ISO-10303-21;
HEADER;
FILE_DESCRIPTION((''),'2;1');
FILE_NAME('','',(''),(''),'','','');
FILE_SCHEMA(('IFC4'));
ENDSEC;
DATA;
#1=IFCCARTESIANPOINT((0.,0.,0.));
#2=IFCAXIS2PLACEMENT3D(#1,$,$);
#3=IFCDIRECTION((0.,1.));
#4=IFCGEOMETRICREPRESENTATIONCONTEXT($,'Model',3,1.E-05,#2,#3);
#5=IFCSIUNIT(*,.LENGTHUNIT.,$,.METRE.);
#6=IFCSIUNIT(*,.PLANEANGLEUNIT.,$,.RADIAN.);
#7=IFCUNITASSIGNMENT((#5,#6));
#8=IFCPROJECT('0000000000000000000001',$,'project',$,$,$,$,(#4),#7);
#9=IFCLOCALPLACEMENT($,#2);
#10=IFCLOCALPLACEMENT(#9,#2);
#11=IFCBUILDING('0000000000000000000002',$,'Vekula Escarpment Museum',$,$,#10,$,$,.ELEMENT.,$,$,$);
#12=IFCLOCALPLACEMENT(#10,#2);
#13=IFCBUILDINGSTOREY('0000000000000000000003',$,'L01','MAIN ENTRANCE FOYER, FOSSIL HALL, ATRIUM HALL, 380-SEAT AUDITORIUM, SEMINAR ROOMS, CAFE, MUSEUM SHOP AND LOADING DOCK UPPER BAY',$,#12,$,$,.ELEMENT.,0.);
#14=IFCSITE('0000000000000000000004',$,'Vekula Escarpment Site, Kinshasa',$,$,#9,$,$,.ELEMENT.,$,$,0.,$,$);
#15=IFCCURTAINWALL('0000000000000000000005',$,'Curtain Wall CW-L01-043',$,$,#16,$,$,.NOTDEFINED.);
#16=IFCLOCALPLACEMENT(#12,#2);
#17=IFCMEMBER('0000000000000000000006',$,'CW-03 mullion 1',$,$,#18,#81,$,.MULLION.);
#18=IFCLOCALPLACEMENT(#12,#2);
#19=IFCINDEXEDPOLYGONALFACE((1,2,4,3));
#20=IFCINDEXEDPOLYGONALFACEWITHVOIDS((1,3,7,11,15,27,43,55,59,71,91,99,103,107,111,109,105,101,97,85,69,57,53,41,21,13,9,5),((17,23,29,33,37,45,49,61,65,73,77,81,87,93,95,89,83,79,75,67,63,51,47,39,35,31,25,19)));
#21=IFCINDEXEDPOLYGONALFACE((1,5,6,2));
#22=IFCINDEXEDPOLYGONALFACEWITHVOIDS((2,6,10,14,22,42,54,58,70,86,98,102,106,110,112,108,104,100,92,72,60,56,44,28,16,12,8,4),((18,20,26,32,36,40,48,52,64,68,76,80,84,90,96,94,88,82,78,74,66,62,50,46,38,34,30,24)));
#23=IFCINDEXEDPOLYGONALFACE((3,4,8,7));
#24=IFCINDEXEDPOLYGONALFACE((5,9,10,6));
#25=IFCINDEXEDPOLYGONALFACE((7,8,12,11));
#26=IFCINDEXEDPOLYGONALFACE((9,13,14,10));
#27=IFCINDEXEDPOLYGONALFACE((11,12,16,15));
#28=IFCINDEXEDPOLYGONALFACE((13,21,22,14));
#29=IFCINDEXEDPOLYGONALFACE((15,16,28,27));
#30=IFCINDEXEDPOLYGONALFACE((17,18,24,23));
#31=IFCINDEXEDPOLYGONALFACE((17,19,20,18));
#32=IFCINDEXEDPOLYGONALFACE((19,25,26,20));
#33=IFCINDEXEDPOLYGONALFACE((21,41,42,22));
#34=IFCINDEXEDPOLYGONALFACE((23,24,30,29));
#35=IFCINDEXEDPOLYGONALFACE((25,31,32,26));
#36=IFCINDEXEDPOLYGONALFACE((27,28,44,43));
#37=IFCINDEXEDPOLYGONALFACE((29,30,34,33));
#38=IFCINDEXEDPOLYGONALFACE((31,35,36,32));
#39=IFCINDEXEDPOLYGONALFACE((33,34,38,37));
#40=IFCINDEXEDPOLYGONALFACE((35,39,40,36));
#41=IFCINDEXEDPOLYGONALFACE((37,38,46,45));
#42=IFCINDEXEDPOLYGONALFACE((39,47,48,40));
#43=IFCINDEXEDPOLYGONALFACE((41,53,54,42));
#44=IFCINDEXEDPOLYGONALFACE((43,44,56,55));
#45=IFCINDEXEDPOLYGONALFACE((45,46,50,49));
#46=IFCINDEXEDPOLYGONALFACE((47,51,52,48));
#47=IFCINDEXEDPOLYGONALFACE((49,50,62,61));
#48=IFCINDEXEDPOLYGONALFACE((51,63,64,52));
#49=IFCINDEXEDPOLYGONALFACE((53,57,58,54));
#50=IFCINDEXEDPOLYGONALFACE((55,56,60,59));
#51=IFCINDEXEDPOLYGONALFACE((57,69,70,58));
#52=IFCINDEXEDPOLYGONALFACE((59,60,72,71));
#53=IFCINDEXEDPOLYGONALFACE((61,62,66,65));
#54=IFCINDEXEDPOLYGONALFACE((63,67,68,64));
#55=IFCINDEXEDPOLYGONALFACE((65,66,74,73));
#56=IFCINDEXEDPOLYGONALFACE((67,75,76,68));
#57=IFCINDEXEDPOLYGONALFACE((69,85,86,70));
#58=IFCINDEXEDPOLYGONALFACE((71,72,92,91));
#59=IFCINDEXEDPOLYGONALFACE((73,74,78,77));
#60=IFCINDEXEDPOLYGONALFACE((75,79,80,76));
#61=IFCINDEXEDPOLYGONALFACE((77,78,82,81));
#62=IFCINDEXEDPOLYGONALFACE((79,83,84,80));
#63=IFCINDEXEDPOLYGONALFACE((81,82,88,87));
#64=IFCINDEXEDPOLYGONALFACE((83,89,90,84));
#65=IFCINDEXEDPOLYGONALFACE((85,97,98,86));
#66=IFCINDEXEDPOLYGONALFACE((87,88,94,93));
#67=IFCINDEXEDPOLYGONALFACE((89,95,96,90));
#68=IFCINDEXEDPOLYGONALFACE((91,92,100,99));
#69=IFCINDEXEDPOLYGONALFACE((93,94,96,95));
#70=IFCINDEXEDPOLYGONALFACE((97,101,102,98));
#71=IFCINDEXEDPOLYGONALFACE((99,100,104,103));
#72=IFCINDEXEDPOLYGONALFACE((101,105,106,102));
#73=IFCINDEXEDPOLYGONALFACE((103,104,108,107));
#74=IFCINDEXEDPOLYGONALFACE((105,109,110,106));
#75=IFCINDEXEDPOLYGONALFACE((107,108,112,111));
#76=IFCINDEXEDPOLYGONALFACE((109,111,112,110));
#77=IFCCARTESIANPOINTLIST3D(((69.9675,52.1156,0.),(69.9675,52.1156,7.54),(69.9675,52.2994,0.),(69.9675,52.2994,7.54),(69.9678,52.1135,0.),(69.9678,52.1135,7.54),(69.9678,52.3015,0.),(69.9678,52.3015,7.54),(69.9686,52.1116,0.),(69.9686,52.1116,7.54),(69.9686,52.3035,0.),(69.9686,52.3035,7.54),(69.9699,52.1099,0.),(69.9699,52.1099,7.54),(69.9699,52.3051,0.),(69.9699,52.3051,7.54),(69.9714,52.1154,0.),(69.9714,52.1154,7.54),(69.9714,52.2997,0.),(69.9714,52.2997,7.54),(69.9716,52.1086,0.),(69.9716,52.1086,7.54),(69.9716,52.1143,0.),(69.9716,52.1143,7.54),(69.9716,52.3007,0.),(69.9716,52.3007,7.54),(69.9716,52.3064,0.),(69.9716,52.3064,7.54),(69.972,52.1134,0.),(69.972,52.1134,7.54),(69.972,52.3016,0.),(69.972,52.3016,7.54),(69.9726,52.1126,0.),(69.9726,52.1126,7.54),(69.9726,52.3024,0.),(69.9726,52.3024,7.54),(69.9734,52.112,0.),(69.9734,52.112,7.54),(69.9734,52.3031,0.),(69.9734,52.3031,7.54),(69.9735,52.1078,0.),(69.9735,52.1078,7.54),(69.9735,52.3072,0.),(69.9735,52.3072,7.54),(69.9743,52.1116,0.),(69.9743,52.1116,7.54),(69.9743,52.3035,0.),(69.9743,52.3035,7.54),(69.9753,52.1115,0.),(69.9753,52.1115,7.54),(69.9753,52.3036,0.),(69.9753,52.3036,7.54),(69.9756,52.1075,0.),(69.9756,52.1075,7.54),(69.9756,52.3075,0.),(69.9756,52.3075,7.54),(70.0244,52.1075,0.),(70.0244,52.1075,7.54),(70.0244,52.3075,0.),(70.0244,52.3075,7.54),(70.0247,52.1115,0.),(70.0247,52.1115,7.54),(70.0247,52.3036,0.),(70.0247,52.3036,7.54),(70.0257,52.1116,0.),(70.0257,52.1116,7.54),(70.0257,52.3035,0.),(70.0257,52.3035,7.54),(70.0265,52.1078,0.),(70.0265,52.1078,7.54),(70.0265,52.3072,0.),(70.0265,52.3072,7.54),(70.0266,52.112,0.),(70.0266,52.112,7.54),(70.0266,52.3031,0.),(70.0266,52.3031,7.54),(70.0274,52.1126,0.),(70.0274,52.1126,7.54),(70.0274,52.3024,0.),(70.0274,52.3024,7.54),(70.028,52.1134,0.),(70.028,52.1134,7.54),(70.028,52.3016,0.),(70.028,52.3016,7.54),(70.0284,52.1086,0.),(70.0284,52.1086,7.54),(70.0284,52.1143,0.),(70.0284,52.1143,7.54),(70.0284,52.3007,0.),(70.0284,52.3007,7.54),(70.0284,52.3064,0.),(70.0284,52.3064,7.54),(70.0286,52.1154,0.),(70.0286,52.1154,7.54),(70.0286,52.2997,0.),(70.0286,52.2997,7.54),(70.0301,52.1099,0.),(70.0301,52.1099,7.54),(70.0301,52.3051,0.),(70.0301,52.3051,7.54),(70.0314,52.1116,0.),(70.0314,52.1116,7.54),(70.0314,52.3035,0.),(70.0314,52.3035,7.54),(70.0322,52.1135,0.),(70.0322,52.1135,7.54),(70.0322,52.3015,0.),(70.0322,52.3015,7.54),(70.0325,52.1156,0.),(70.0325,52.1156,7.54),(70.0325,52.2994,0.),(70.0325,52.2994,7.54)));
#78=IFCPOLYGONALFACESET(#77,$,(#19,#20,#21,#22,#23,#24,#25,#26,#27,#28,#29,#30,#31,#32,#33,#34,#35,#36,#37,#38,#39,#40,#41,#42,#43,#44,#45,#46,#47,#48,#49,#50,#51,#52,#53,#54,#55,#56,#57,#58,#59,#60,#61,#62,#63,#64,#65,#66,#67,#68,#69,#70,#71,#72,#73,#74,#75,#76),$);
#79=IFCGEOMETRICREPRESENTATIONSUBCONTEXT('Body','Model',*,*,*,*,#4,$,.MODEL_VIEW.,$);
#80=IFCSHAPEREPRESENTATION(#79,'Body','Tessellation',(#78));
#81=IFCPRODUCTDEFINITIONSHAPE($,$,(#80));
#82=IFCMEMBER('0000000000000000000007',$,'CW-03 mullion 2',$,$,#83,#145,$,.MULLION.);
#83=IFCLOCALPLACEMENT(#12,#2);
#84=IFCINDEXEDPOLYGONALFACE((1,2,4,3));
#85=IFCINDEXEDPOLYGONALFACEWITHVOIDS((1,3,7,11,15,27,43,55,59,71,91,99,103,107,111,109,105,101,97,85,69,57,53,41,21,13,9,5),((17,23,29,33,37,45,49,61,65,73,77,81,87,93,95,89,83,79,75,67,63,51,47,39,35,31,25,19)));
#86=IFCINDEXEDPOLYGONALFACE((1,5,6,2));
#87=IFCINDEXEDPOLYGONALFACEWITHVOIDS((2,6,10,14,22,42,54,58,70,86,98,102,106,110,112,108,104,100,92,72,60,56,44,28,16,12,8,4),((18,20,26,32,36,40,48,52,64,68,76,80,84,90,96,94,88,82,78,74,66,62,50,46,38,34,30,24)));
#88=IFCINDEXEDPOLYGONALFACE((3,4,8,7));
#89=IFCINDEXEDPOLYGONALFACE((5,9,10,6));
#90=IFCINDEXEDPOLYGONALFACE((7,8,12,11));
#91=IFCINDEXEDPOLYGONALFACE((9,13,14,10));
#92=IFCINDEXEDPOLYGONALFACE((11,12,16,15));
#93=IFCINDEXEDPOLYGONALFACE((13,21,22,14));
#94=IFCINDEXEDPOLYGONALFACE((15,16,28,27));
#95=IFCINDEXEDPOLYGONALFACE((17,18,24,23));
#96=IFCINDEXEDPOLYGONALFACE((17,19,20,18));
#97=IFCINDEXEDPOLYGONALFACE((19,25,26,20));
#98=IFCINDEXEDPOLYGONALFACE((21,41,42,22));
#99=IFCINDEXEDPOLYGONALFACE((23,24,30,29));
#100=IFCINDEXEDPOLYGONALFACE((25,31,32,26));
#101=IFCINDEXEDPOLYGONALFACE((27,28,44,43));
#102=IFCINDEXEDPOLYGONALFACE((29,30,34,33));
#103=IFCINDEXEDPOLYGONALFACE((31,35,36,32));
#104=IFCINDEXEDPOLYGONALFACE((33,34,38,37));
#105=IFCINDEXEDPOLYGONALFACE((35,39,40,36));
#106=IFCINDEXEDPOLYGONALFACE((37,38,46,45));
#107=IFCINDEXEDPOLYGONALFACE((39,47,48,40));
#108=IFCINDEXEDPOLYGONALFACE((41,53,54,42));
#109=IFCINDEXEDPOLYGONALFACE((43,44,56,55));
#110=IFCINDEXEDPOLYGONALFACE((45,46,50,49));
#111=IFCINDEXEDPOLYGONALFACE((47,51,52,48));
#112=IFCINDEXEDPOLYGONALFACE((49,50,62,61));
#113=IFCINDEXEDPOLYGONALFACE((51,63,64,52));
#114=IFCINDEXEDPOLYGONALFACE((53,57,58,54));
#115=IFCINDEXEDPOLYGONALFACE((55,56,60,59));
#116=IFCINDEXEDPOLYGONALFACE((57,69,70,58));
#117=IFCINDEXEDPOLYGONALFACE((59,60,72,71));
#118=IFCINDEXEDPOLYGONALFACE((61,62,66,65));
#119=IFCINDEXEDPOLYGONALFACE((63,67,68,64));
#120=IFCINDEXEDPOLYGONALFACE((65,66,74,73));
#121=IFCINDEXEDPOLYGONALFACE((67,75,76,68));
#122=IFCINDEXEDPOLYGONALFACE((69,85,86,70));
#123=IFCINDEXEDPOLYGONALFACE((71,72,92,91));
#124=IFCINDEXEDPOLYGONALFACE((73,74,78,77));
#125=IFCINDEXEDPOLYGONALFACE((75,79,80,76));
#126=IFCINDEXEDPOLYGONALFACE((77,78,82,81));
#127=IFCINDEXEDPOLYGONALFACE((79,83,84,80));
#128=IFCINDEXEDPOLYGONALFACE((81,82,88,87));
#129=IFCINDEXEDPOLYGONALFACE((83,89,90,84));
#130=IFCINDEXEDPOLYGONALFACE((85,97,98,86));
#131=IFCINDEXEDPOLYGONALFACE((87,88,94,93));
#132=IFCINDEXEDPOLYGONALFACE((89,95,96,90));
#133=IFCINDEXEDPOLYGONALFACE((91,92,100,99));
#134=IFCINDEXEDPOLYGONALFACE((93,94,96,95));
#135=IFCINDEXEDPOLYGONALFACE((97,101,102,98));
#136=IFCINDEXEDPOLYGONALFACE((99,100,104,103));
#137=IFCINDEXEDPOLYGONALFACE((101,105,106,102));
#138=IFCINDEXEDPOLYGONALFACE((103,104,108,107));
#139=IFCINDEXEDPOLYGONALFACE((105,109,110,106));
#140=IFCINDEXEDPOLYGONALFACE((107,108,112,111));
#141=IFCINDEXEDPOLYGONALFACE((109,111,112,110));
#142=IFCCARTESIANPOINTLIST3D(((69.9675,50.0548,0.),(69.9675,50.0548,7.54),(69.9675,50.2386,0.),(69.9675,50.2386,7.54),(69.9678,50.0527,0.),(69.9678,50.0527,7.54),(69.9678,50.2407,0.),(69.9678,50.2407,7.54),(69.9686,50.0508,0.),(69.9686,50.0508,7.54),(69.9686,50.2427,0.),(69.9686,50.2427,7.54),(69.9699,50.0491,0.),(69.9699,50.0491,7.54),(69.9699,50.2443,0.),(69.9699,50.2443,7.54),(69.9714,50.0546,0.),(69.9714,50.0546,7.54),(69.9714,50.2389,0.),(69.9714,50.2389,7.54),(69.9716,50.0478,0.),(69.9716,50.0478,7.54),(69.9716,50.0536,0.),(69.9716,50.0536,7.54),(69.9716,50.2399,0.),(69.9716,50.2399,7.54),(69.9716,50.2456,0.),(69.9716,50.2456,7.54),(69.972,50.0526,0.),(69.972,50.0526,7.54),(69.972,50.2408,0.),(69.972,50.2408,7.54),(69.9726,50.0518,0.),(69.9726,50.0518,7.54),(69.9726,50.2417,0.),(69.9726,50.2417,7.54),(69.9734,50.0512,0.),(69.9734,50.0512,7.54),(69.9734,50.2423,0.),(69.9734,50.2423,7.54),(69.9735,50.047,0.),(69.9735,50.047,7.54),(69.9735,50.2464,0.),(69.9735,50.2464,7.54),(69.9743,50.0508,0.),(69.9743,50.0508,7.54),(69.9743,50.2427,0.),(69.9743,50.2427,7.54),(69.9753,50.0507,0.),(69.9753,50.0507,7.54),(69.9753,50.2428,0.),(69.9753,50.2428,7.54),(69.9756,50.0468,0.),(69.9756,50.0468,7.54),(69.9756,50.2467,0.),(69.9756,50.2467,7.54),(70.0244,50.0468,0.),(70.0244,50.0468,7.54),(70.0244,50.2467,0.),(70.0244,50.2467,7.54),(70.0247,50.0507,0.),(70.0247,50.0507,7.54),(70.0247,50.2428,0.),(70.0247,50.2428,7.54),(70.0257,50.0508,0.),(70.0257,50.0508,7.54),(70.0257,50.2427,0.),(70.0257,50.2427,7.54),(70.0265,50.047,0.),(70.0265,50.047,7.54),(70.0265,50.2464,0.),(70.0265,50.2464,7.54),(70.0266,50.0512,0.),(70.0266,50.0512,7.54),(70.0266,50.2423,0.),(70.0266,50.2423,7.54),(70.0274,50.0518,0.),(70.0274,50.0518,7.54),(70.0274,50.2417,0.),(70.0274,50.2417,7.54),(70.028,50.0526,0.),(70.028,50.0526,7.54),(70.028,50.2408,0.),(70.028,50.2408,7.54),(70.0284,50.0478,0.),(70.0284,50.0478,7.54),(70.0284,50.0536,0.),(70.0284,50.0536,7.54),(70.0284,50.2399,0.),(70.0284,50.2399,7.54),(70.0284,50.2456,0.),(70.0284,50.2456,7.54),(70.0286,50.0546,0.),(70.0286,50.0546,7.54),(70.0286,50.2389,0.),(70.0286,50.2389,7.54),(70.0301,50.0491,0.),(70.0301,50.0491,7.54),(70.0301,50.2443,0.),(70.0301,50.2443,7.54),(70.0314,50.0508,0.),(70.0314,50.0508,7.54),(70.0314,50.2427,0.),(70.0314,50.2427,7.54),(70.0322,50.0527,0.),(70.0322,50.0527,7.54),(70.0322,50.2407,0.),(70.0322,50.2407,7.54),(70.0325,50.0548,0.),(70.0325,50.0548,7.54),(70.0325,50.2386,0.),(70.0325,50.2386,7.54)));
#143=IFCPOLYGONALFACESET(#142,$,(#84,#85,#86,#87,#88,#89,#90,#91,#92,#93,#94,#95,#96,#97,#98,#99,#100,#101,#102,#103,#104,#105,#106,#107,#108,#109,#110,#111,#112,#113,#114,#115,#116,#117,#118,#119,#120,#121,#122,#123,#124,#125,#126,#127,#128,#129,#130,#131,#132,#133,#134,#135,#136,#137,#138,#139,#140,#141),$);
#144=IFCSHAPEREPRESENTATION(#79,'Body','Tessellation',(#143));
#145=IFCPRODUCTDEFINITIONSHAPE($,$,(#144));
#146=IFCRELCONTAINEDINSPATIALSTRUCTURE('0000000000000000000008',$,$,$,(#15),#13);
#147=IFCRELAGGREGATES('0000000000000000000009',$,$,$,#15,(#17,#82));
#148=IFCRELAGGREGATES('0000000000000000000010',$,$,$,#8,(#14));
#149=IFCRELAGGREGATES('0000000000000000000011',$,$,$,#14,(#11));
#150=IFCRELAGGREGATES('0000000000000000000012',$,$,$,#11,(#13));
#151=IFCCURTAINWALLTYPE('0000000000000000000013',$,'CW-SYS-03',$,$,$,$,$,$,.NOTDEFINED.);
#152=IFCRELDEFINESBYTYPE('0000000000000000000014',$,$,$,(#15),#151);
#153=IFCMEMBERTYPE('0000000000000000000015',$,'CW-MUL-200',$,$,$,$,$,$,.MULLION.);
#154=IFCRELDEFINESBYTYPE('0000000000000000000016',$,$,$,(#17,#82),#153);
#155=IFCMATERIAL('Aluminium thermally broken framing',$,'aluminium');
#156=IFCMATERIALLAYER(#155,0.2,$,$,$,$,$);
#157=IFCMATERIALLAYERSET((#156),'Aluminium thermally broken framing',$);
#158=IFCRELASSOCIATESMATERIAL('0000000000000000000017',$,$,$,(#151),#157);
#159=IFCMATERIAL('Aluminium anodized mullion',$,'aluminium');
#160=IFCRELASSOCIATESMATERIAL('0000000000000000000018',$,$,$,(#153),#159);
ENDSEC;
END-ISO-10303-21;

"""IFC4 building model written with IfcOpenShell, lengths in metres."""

from ifc_helpers import new_model, si_unit, direction, frame, origin, origin_2d, place, context, subcontext, project, spatial, hollow_rectangle, extrude, material, layer, layer_set, material_profile, profile_set, type_object, element, aggregate, save


model = new_model("IFC4")

# Units and contexts
model_context = context("Model", 3, precision=1e-05, world=origin(), true_north=direction((0.0, 1.0)))
body_context = subcontext(model_context, "Body", "Model", "MODEL_VIEW")
ifc_project = project(units=[si_unit("LENGTHUNIT", "METRE"), si_unit("PLANEANGLEUNIT", "RADIAN")], contexts=[model_context])

# Site, building, storey
site_placement = place(None, origin())
site = spatial("IfcSite", under=ifc_project, at=site_placement, Name="Vekula Escarpment Site, Kinshasa", CompositionType="ELEMENT", RefElevation=0.0)
building_placement = place(site_placement, origin())
building = spatial("IfcBuilding", under=site, at=building_placement, Name="Vekula Escarpment Museum", CompositionType="ELEMENT")
storey_placement = place(building_placement, origin())
storey = spatial("IfcBuildingStorey", under=building, at=storey_placement, Name="L01", Description="MAIN ENTRANCE FOYER, FOSSIL HALL, ATRIUM HALL, 380-SEAT AUDITORIUM, SEMINAR ROOMS, CAFE, MUSEUM SHOP AND LOADING DOCK UPPER BAY", CompositionType="ELEMENT", Elevation=0.0)

# Curtain wall, members
ifc_material_1 = material(Name="Aluminium thermally broken framing", Category="aluminium")
ifc_layer_1 = layer(ifc_material_1, 0.2)
ifc_layer_set_1 = layer_set([ifc_layer_1], Name="Aluminium thermally broken framing")
curtain_wall_type = type_object("IfcCurtainWallType", Name="CW-SYS-03", PredefinedType="NOTDEFINED", material=ifc_layer_set_1)
curtain_wall_placement = place(storey_placement, origin())
curtain_wall = element("IfcCurtainWall", 1, at=curtain_wall_placement, inside=storey, type_object=curtain_wall_type, Name="Curtain Wall CW-L01-043", PredefinedType="NOTDEFINED")
ifc_material_2 = material(Name="Aluminium anodized mullion", Category="aluminium")
ifc_material_profile_1 = material_profile(ifc_material_2, hollow_rectangle(XDim=0.0649, YDim=0.2, WallThickness=0.0039, InnerFilletRadius=0.0039, OuterFilletRadius=0.0081, at=origin_2d()), Name="ALU 200x65x4")
ifc_profile_set_1 = profile_set([ifc_material_profile_1], Name="Aluminium anodized mullion")
member_type_1 = type_object("IfcMemberType", Name="CW-MUL-200", PredefinedType="MULLION", material=ifc_profile_set_1)
member_1_placement = place(storey_placement, frame((70.0, 52.2075, 0.0), z_axis=(0.0, 0.0, 1.0), x_axis=(1.0, 0.0, 0.0)))
member_1 = element("IfcMember", 2, at=member_1_placement, type_object=member_type_1, Name="CW-03 mullion 1", PredefinedType="MULLION", context=body_context, shape_type="SweptSolid", body=[
    extrude(hollow_rectangle(XDim=0.0649, YDim=0.2, WallThickness=0.0039, InnerFilletRadius=0.0039, OuterFilletRadius=0.0081, at=origin_2d()), origin(), (0.0, 0.0, 1.0), 7.54),
])
member_2_placement = place(storey_placement, frame((70.0, 50.1467, 0.0), z_axis=(0.0, 0.0, 1.0), x_axis=(1.0, 0.0, 0.0)))
member_2 = element("IfcMember", 3, at=member_2_placement, type_object=member_type_1, Name="CW-03 mullion 2", PredefinedType="MULLION", context=body_context, shape_type="SweptSolid", body=[
    extrude(hollow_rectangle(XDim=0.0649, YDim=0.2, WallThickness=0.0039, InnerFilletRadius=0.0039, OuterFilletRadius=0.0081, at=origin_2d()), origin(), (0.0, 0.0, 1.0), 7.54),
])
aggregate(curtain_wall, [member_1, member_2])

save(model, "model.ifc")
